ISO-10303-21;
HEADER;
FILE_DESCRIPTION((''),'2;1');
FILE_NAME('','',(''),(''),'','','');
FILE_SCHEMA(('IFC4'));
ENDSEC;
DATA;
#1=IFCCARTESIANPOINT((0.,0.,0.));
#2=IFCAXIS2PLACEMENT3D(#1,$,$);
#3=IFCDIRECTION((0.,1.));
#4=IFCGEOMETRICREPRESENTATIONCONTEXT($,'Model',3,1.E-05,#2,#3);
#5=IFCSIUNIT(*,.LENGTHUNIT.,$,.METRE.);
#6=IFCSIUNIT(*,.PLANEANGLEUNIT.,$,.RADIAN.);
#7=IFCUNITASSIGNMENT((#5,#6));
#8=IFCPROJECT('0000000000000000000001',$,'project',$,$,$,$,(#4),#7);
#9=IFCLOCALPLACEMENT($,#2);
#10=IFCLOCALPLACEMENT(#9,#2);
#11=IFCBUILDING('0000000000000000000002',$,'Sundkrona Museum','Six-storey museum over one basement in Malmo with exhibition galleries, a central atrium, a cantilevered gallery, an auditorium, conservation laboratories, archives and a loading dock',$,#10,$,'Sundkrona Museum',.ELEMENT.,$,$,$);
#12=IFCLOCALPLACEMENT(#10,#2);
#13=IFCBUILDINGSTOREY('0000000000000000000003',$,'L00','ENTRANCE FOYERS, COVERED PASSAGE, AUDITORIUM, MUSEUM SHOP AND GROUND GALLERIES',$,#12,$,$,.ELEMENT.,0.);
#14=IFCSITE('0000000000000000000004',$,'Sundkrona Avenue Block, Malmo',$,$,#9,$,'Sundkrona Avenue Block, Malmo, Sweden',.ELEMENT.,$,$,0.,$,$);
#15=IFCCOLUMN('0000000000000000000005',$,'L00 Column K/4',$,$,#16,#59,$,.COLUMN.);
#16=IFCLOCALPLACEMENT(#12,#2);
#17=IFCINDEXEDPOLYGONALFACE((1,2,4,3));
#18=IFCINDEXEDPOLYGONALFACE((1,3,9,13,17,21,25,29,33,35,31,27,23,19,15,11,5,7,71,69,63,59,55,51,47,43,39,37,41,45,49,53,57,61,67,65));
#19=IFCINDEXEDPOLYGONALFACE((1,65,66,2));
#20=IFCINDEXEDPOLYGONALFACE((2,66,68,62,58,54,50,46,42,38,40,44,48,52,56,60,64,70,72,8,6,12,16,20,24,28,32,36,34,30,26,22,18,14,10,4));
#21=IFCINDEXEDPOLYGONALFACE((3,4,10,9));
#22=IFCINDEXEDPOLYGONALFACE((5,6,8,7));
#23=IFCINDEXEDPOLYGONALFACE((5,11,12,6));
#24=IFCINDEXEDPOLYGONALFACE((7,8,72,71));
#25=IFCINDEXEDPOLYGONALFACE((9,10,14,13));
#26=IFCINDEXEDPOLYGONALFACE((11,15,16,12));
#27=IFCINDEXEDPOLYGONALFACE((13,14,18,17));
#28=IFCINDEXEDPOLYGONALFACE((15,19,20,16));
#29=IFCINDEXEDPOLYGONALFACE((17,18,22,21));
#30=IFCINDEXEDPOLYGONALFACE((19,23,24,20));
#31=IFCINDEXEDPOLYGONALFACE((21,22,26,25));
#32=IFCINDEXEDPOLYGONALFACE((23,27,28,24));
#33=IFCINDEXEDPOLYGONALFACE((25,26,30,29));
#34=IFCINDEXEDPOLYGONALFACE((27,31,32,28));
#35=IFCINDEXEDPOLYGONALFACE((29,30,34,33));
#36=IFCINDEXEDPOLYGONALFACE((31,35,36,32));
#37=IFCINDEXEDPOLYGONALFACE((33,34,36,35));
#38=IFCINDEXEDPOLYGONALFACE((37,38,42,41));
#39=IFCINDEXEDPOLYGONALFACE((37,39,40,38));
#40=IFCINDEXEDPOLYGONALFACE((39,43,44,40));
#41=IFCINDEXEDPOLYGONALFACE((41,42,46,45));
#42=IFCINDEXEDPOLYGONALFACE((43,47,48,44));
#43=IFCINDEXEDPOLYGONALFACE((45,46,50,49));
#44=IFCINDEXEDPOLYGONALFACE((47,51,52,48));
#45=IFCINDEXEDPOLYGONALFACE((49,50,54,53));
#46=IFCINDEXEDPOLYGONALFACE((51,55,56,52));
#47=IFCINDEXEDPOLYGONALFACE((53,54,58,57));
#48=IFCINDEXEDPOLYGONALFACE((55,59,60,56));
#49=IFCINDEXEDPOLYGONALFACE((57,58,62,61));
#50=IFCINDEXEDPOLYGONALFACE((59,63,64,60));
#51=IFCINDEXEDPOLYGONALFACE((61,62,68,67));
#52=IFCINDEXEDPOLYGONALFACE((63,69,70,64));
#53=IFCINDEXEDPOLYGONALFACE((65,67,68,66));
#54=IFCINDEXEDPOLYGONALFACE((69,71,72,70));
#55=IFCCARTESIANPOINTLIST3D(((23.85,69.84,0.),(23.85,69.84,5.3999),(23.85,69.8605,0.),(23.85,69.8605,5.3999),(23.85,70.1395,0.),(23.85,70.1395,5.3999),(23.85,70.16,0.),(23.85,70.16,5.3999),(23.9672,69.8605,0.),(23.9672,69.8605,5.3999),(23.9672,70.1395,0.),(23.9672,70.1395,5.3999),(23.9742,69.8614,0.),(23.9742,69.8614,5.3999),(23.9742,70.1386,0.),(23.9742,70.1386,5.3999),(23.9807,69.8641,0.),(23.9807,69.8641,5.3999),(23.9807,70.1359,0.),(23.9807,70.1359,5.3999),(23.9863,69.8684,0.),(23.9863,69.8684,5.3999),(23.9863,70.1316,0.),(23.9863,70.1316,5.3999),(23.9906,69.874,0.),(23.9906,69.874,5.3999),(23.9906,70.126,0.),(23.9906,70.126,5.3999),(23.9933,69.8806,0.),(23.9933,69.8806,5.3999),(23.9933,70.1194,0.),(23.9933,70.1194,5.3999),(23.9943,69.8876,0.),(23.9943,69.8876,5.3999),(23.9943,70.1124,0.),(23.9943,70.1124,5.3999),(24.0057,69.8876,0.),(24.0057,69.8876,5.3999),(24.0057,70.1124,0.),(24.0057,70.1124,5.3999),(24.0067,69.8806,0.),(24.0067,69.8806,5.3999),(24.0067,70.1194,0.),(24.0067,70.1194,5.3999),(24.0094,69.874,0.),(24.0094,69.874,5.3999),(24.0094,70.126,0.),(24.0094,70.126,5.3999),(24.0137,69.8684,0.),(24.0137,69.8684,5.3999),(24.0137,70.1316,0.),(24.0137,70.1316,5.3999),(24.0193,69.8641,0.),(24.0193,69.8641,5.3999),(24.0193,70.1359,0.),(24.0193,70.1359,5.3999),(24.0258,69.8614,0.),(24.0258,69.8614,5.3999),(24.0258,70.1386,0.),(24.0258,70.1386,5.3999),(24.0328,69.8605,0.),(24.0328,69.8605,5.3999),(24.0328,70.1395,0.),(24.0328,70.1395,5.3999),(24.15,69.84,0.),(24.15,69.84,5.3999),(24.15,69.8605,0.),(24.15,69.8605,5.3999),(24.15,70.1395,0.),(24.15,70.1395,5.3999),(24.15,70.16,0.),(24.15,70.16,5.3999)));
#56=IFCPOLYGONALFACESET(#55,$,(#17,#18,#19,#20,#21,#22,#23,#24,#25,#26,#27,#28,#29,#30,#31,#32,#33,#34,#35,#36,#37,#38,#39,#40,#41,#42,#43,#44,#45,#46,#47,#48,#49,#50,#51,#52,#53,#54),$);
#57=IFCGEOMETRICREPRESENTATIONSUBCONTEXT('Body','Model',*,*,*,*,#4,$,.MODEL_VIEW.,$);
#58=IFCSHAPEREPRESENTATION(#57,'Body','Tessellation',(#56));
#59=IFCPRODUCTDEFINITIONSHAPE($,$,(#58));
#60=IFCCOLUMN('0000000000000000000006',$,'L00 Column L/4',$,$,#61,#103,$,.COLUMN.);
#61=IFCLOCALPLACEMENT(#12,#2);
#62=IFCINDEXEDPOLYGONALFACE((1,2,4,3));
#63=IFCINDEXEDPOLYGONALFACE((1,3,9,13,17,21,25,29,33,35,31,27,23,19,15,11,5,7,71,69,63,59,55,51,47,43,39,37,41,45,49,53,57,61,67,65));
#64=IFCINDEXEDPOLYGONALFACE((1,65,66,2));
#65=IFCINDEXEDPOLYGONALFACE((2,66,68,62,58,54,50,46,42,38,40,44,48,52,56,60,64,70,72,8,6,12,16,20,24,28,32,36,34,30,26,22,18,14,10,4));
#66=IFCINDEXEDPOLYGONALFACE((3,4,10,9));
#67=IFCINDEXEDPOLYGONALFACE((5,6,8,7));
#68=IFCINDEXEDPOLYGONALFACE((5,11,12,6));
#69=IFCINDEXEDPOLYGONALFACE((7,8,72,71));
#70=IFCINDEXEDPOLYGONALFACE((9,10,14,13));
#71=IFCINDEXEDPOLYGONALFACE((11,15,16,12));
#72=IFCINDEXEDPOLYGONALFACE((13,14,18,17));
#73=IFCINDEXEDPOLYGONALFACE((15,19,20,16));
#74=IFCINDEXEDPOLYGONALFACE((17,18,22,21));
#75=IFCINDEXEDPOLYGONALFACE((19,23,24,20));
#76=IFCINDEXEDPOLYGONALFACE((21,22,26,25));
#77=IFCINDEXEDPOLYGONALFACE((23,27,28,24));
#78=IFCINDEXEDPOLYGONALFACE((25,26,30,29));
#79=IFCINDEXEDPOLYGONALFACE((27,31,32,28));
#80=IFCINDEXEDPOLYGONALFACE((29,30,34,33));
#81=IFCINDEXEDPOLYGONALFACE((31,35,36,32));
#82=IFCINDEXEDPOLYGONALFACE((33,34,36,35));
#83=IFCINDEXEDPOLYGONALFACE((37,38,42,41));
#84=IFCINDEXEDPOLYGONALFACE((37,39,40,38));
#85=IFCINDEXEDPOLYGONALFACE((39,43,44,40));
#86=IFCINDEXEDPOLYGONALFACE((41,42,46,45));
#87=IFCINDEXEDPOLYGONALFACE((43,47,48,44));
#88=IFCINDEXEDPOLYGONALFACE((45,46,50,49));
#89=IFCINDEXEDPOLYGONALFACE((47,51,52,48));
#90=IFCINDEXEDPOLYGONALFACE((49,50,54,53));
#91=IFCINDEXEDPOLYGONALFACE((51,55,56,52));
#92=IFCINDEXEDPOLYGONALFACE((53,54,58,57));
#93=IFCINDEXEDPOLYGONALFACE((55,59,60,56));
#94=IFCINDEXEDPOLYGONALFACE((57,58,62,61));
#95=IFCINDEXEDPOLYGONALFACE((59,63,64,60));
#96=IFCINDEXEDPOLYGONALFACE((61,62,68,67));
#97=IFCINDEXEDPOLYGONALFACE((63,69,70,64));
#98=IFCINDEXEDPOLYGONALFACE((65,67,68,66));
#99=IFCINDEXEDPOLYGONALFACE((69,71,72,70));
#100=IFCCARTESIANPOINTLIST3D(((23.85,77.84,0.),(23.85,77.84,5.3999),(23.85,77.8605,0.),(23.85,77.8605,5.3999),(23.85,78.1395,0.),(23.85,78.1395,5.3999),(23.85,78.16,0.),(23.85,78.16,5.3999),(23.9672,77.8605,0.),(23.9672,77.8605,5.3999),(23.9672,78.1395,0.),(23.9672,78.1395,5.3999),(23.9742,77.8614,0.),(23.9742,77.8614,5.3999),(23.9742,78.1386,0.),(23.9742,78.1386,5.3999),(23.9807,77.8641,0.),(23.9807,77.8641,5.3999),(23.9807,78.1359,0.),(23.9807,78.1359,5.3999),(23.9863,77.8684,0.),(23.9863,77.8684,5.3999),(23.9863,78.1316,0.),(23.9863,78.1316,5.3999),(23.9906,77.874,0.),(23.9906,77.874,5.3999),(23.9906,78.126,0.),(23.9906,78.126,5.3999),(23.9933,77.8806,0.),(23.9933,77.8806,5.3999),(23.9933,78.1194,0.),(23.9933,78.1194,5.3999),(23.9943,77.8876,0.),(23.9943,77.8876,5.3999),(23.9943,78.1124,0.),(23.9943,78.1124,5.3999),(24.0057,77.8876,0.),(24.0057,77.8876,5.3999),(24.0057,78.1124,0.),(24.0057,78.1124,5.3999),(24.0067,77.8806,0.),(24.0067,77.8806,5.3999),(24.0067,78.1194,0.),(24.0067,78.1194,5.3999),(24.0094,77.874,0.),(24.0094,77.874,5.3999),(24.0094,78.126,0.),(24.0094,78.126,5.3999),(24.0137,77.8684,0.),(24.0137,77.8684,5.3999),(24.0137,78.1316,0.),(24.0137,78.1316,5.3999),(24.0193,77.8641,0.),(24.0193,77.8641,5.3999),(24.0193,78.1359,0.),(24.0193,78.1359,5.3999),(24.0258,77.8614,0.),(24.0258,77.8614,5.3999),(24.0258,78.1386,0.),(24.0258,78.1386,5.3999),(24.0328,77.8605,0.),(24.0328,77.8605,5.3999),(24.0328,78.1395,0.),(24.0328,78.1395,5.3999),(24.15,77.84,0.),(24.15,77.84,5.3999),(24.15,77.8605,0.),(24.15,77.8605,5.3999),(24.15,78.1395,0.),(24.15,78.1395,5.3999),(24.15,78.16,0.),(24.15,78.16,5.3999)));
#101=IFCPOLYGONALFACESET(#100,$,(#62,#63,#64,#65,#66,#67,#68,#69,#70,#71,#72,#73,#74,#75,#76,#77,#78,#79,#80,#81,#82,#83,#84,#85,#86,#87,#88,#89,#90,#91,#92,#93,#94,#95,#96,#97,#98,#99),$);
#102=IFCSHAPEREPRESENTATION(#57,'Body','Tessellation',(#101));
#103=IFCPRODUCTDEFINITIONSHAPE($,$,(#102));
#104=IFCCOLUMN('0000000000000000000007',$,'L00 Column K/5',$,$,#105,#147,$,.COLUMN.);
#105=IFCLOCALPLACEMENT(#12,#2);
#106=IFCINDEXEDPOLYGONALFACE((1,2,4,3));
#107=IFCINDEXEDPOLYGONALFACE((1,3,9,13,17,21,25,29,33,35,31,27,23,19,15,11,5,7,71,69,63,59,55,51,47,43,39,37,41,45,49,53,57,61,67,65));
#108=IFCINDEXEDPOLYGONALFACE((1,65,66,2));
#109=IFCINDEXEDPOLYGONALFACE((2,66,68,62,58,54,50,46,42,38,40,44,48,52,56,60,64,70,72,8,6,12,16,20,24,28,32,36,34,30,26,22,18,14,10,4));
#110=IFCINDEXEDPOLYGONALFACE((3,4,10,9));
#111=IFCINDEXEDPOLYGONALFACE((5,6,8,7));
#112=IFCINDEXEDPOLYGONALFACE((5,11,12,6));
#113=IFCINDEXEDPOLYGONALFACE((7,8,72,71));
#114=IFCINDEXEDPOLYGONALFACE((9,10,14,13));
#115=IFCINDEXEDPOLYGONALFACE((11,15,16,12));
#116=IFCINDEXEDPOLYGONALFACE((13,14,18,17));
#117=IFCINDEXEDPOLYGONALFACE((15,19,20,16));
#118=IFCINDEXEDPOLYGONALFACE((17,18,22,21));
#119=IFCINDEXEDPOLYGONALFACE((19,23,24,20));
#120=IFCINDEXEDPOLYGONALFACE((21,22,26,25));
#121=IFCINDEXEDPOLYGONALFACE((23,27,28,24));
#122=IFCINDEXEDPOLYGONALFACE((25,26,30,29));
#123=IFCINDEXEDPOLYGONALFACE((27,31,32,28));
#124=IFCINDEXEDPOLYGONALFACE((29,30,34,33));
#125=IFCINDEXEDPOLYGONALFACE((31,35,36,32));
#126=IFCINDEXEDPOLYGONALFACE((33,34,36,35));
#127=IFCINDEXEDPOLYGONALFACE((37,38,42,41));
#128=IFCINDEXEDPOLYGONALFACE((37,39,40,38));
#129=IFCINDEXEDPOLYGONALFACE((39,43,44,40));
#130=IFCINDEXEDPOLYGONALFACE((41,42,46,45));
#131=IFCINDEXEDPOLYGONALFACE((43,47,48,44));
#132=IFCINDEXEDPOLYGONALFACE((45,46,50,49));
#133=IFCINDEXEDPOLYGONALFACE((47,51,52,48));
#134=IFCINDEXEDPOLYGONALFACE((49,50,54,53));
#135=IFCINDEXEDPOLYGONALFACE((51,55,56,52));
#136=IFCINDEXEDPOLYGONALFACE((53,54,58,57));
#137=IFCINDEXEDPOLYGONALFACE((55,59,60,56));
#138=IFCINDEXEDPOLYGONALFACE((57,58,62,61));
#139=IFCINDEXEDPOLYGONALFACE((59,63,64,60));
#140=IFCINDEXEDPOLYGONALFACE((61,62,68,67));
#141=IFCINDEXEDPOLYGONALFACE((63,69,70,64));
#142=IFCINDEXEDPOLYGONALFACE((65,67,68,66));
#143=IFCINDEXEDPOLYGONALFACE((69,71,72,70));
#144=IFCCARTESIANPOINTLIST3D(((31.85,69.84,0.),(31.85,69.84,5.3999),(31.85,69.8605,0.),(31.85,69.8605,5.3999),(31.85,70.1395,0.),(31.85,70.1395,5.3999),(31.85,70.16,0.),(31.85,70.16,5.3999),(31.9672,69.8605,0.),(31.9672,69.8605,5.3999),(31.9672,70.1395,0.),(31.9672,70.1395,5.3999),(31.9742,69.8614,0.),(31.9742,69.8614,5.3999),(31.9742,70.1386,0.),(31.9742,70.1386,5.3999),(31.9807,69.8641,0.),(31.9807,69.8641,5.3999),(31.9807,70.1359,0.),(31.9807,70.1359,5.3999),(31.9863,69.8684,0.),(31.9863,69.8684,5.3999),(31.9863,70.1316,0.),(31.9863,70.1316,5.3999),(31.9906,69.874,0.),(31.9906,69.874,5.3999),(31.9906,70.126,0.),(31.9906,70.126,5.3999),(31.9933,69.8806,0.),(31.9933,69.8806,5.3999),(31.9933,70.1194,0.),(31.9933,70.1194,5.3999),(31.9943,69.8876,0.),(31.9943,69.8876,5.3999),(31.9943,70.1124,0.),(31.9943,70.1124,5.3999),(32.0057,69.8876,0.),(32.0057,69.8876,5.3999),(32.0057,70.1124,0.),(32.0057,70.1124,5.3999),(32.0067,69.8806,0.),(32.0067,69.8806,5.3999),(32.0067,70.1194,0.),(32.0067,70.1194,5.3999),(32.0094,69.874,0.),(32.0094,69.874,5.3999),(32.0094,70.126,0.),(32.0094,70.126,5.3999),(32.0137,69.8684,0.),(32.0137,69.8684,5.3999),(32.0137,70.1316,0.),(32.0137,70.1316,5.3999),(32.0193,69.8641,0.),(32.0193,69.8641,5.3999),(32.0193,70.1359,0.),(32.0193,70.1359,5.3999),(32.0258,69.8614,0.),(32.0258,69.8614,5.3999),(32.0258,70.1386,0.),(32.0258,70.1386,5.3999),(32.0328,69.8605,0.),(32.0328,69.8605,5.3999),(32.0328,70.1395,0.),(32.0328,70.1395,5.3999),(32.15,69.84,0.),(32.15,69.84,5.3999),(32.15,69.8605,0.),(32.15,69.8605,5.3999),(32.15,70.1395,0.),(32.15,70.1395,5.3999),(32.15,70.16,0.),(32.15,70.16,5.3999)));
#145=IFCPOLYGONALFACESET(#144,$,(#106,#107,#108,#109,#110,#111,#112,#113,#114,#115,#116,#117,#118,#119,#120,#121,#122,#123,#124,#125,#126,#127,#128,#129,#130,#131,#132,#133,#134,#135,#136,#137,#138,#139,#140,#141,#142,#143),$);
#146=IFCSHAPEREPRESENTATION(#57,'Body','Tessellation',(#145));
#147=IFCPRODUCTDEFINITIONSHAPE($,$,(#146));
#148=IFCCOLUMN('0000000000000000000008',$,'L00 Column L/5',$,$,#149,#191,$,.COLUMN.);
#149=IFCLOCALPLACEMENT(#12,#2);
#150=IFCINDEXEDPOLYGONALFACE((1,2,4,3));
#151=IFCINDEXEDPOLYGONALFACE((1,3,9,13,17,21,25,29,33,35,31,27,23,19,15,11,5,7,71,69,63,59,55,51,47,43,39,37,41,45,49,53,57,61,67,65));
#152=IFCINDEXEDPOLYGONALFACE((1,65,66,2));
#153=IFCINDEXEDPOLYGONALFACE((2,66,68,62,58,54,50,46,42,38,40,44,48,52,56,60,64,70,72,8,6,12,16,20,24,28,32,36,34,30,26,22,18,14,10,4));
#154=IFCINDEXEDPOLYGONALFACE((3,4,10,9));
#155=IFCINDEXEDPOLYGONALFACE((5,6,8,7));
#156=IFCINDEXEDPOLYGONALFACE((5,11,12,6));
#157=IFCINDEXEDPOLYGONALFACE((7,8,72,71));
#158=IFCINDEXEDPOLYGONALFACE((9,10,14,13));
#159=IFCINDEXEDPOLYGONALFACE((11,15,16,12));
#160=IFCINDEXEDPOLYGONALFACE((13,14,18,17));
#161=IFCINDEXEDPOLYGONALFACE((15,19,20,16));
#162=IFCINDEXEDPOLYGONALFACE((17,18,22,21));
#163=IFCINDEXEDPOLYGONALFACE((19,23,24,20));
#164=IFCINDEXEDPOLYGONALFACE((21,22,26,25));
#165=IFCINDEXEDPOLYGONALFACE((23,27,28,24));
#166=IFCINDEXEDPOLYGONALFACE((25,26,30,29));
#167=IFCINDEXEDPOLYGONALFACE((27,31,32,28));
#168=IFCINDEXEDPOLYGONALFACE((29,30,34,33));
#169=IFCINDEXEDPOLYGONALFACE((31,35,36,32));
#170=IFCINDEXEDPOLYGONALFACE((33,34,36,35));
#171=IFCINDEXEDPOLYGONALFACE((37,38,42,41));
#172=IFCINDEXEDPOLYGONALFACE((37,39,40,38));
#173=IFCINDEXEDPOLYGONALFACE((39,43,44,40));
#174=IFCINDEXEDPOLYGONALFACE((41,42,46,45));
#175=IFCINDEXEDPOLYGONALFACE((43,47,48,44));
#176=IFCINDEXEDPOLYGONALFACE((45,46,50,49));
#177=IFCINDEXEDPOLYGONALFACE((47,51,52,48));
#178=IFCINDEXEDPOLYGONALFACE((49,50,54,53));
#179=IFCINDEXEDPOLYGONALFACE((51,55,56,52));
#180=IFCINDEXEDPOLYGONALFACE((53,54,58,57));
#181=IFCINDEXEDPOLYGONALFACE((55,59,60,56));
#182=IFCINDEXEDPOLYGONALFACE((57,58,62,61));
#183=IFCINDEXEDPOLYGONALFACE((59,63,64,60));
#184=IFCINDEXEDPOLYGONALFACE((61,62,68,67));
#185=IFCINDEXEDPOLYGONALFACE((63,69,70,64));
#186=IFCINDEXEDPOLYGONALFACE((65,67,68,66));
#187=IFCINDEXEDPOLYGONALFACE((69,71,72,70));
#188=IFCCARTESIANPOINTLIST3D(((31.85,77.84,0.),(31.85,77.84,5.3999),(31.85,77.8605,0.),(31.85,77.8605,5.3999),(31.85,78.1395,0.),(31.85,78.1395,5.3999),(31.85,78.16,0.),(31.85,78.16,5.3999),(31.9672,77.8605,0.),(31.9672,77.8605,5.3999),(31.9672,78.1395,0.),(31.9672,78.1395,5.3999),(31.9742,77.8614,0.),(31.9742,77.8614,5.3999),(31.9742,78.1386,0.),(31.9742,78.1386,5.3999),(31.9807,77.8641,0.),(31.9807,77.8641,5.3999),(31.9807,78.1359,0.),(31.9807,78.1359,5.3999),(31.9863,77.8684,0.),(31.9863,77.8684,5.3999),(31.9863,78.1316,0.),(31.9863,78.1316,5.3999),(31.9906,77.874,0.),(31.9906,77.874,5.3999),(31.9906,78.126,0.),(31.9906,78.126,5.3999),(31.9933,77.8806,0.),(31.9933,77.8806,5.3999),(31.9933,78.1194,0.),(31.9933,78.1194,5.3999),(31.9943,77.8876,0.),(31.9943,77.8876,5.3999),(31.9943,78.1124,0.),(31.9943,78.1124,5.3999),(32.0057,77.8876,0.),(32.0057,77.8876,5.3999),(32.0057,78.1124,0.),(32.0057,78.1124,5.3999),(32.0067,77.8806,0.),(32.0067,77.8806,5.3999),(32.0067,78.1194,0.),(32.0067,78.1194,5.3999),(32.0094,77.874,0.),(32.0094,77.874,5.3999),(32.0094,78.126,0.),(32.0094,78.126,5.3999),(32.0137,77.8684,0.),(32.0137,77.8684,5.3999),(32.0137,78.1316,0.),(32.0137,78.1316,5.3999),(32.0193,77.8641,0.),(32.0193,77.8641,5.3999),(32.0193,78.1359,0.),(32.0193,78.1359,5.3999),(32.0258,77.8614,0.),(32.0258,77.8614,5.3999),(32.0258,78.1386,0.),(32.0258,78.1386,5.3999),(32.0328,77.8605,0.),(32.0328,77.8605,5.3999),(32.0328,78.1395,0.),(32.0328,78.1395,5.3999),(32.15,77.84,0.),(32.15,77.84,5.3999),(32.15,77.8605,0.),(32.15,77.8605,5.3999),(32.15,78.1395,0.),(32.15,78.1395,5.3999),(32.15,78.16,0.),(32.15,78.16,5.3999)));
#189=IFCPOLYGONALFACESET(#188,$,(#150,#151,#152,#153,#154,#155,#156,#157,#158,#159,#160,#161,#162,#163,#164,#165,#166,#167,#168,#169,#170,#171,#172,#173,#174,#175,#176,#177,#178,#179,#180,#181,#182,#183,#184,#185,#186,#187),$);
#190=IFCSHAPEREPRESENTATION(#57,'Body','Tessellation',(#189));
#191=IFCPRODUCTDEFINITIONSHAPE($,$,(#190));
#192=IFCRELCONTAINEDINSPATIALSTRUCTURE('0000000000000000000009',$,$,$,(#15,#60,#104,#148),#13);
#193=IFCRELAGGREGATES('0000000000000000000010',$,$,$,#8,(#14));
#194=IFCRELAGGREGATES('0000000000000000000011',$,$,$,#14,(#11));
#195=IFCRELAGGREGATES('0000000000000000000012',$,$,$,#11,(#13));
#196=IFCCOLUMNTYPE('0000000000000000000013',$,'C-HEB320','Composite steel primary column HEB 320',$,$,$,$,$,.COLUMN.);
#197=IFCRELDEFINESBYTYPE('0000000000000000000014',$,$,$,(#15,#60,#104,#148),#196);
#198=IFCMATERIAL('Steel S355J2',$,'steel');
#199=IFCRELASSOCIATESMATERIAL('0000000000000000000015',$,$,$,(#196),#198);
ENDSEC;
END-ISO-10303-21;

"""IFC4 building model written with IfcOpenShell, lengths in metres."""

from ifc_helpers import new_model, si_unit, direction, frame, origin, origin_2d, place, context, subcontext, project, spatial, i_section, extrude, material, material_profile, profile_set, type_object, element, save


model = new_model("IFC4")

# Units and contexts
model_context = context("Model", 3, precision=1e-05, world=origin(), true_north=direction((0.0, 1.0)))
body_context = subcontext(model_context, "Body", "Model", "MODEL_VIEW")
ifc_project = project(units=[si_unit("LENGTHUNIT", "METRE"), si_unit("PLANEANGLEUNIT", "RADIAN")], contexts=[model_context])

# Site, building, storey
site_placement = place(None, origin())
site = spatial("IfcSite", under=ifc_project, at=site_placement, Name="Sundkrona Avenue Block, Malmo", LongName="Sundkrona Avenue Block, Malmo, Sweden", CompositionType="ELEMENT", RefElevation=0.0)
building_placement = place(site_placement, origin())
building = spatial("IfcBuilding", under=site, at=building_placement, Name="Sundkrona Museum", Description="Six-storey museum over one basement in Malmo with exhibition galleries, a central atrium, a cantilevered gallery, an auditorium, conservation laboratories, archives and a loading dock", LongName="Sundkrona Museum", CompositionType="ELEMENT")
storey_placement = place(building_placement, origin())
storey = spatial("IfcBuildingStorey", under=building, at=storey_placement, Name="L00", Description="ENTRANCE FOYERS, COVERED PASSAGE, AUDITORIUM, MUSEUM SHOP AND GROUND GALLERIES", CompositionType="ELEMENT", Elevation=0.0)

# Columns
ifc_material_1 = material(Name="Steel S355J2", Category="steel")
ifc_material_profile_1 = material_profile(ifc_material_1, i_section(OverallWidth=0.3, OverallDepth=0.3201, WebThickness=0.0115, FlangeThickness=0.0205, FilletRadius=0.0271, at=origin_2d()), Name="HEB 320")
ifc_profile_set_1 = profile_set([ifc_material_profile_1], Name="Steel S355J2")
column_type = type_object("IfcColumnType", Name="C-HEB320", Description="Composite steel primary column HEB 320", PredefinedType="COLUMN", material=ifc_profile_set_1)
for number, where, z_axis, x_axis, name in (
    (1, (24.0, 70.0, 0.0), (0.0, 0.0, 1.0), (1.0, 0.0, 0.0), "L00 Column K/4"),
    (2, (24.0, 78.0, 0.0), (0.0, 0.0, 1.0), (1.0, 0.0, 0.0), "L00 Column L/4"),
    (3, (32.0, 70.0, 0.0), (0.0, 0.0, 1.0), (1.0, 0.0, 0.0), "L00 Column K/5"),
    (4, (32.0, 78.0, 0.0), (0.0, 0.0, 1.0), (1.0, 0.0, 0.0), "L00 Column L/5"),
):
    element("IfcColumn", number, at=place(storey_placement, frame(where, z_axis=z_axis, x_axis=x_axis)), inside=storey, type_object=column_type, Name=name, PredefinedType="COLUMN", context=body_context, shape_type="SweptSolid", body=[
        extrude(i_section(OverallWidth=0.3, OverallDepth=0.3201, WebThickness=0.0115, FlangeThickness=0.0205, FilletRadius=0.0271, at=origin_2d()), origin(), (0.0, 0.0, 1.0), 5.3999),
    ])

save(model, "model.ifc")
